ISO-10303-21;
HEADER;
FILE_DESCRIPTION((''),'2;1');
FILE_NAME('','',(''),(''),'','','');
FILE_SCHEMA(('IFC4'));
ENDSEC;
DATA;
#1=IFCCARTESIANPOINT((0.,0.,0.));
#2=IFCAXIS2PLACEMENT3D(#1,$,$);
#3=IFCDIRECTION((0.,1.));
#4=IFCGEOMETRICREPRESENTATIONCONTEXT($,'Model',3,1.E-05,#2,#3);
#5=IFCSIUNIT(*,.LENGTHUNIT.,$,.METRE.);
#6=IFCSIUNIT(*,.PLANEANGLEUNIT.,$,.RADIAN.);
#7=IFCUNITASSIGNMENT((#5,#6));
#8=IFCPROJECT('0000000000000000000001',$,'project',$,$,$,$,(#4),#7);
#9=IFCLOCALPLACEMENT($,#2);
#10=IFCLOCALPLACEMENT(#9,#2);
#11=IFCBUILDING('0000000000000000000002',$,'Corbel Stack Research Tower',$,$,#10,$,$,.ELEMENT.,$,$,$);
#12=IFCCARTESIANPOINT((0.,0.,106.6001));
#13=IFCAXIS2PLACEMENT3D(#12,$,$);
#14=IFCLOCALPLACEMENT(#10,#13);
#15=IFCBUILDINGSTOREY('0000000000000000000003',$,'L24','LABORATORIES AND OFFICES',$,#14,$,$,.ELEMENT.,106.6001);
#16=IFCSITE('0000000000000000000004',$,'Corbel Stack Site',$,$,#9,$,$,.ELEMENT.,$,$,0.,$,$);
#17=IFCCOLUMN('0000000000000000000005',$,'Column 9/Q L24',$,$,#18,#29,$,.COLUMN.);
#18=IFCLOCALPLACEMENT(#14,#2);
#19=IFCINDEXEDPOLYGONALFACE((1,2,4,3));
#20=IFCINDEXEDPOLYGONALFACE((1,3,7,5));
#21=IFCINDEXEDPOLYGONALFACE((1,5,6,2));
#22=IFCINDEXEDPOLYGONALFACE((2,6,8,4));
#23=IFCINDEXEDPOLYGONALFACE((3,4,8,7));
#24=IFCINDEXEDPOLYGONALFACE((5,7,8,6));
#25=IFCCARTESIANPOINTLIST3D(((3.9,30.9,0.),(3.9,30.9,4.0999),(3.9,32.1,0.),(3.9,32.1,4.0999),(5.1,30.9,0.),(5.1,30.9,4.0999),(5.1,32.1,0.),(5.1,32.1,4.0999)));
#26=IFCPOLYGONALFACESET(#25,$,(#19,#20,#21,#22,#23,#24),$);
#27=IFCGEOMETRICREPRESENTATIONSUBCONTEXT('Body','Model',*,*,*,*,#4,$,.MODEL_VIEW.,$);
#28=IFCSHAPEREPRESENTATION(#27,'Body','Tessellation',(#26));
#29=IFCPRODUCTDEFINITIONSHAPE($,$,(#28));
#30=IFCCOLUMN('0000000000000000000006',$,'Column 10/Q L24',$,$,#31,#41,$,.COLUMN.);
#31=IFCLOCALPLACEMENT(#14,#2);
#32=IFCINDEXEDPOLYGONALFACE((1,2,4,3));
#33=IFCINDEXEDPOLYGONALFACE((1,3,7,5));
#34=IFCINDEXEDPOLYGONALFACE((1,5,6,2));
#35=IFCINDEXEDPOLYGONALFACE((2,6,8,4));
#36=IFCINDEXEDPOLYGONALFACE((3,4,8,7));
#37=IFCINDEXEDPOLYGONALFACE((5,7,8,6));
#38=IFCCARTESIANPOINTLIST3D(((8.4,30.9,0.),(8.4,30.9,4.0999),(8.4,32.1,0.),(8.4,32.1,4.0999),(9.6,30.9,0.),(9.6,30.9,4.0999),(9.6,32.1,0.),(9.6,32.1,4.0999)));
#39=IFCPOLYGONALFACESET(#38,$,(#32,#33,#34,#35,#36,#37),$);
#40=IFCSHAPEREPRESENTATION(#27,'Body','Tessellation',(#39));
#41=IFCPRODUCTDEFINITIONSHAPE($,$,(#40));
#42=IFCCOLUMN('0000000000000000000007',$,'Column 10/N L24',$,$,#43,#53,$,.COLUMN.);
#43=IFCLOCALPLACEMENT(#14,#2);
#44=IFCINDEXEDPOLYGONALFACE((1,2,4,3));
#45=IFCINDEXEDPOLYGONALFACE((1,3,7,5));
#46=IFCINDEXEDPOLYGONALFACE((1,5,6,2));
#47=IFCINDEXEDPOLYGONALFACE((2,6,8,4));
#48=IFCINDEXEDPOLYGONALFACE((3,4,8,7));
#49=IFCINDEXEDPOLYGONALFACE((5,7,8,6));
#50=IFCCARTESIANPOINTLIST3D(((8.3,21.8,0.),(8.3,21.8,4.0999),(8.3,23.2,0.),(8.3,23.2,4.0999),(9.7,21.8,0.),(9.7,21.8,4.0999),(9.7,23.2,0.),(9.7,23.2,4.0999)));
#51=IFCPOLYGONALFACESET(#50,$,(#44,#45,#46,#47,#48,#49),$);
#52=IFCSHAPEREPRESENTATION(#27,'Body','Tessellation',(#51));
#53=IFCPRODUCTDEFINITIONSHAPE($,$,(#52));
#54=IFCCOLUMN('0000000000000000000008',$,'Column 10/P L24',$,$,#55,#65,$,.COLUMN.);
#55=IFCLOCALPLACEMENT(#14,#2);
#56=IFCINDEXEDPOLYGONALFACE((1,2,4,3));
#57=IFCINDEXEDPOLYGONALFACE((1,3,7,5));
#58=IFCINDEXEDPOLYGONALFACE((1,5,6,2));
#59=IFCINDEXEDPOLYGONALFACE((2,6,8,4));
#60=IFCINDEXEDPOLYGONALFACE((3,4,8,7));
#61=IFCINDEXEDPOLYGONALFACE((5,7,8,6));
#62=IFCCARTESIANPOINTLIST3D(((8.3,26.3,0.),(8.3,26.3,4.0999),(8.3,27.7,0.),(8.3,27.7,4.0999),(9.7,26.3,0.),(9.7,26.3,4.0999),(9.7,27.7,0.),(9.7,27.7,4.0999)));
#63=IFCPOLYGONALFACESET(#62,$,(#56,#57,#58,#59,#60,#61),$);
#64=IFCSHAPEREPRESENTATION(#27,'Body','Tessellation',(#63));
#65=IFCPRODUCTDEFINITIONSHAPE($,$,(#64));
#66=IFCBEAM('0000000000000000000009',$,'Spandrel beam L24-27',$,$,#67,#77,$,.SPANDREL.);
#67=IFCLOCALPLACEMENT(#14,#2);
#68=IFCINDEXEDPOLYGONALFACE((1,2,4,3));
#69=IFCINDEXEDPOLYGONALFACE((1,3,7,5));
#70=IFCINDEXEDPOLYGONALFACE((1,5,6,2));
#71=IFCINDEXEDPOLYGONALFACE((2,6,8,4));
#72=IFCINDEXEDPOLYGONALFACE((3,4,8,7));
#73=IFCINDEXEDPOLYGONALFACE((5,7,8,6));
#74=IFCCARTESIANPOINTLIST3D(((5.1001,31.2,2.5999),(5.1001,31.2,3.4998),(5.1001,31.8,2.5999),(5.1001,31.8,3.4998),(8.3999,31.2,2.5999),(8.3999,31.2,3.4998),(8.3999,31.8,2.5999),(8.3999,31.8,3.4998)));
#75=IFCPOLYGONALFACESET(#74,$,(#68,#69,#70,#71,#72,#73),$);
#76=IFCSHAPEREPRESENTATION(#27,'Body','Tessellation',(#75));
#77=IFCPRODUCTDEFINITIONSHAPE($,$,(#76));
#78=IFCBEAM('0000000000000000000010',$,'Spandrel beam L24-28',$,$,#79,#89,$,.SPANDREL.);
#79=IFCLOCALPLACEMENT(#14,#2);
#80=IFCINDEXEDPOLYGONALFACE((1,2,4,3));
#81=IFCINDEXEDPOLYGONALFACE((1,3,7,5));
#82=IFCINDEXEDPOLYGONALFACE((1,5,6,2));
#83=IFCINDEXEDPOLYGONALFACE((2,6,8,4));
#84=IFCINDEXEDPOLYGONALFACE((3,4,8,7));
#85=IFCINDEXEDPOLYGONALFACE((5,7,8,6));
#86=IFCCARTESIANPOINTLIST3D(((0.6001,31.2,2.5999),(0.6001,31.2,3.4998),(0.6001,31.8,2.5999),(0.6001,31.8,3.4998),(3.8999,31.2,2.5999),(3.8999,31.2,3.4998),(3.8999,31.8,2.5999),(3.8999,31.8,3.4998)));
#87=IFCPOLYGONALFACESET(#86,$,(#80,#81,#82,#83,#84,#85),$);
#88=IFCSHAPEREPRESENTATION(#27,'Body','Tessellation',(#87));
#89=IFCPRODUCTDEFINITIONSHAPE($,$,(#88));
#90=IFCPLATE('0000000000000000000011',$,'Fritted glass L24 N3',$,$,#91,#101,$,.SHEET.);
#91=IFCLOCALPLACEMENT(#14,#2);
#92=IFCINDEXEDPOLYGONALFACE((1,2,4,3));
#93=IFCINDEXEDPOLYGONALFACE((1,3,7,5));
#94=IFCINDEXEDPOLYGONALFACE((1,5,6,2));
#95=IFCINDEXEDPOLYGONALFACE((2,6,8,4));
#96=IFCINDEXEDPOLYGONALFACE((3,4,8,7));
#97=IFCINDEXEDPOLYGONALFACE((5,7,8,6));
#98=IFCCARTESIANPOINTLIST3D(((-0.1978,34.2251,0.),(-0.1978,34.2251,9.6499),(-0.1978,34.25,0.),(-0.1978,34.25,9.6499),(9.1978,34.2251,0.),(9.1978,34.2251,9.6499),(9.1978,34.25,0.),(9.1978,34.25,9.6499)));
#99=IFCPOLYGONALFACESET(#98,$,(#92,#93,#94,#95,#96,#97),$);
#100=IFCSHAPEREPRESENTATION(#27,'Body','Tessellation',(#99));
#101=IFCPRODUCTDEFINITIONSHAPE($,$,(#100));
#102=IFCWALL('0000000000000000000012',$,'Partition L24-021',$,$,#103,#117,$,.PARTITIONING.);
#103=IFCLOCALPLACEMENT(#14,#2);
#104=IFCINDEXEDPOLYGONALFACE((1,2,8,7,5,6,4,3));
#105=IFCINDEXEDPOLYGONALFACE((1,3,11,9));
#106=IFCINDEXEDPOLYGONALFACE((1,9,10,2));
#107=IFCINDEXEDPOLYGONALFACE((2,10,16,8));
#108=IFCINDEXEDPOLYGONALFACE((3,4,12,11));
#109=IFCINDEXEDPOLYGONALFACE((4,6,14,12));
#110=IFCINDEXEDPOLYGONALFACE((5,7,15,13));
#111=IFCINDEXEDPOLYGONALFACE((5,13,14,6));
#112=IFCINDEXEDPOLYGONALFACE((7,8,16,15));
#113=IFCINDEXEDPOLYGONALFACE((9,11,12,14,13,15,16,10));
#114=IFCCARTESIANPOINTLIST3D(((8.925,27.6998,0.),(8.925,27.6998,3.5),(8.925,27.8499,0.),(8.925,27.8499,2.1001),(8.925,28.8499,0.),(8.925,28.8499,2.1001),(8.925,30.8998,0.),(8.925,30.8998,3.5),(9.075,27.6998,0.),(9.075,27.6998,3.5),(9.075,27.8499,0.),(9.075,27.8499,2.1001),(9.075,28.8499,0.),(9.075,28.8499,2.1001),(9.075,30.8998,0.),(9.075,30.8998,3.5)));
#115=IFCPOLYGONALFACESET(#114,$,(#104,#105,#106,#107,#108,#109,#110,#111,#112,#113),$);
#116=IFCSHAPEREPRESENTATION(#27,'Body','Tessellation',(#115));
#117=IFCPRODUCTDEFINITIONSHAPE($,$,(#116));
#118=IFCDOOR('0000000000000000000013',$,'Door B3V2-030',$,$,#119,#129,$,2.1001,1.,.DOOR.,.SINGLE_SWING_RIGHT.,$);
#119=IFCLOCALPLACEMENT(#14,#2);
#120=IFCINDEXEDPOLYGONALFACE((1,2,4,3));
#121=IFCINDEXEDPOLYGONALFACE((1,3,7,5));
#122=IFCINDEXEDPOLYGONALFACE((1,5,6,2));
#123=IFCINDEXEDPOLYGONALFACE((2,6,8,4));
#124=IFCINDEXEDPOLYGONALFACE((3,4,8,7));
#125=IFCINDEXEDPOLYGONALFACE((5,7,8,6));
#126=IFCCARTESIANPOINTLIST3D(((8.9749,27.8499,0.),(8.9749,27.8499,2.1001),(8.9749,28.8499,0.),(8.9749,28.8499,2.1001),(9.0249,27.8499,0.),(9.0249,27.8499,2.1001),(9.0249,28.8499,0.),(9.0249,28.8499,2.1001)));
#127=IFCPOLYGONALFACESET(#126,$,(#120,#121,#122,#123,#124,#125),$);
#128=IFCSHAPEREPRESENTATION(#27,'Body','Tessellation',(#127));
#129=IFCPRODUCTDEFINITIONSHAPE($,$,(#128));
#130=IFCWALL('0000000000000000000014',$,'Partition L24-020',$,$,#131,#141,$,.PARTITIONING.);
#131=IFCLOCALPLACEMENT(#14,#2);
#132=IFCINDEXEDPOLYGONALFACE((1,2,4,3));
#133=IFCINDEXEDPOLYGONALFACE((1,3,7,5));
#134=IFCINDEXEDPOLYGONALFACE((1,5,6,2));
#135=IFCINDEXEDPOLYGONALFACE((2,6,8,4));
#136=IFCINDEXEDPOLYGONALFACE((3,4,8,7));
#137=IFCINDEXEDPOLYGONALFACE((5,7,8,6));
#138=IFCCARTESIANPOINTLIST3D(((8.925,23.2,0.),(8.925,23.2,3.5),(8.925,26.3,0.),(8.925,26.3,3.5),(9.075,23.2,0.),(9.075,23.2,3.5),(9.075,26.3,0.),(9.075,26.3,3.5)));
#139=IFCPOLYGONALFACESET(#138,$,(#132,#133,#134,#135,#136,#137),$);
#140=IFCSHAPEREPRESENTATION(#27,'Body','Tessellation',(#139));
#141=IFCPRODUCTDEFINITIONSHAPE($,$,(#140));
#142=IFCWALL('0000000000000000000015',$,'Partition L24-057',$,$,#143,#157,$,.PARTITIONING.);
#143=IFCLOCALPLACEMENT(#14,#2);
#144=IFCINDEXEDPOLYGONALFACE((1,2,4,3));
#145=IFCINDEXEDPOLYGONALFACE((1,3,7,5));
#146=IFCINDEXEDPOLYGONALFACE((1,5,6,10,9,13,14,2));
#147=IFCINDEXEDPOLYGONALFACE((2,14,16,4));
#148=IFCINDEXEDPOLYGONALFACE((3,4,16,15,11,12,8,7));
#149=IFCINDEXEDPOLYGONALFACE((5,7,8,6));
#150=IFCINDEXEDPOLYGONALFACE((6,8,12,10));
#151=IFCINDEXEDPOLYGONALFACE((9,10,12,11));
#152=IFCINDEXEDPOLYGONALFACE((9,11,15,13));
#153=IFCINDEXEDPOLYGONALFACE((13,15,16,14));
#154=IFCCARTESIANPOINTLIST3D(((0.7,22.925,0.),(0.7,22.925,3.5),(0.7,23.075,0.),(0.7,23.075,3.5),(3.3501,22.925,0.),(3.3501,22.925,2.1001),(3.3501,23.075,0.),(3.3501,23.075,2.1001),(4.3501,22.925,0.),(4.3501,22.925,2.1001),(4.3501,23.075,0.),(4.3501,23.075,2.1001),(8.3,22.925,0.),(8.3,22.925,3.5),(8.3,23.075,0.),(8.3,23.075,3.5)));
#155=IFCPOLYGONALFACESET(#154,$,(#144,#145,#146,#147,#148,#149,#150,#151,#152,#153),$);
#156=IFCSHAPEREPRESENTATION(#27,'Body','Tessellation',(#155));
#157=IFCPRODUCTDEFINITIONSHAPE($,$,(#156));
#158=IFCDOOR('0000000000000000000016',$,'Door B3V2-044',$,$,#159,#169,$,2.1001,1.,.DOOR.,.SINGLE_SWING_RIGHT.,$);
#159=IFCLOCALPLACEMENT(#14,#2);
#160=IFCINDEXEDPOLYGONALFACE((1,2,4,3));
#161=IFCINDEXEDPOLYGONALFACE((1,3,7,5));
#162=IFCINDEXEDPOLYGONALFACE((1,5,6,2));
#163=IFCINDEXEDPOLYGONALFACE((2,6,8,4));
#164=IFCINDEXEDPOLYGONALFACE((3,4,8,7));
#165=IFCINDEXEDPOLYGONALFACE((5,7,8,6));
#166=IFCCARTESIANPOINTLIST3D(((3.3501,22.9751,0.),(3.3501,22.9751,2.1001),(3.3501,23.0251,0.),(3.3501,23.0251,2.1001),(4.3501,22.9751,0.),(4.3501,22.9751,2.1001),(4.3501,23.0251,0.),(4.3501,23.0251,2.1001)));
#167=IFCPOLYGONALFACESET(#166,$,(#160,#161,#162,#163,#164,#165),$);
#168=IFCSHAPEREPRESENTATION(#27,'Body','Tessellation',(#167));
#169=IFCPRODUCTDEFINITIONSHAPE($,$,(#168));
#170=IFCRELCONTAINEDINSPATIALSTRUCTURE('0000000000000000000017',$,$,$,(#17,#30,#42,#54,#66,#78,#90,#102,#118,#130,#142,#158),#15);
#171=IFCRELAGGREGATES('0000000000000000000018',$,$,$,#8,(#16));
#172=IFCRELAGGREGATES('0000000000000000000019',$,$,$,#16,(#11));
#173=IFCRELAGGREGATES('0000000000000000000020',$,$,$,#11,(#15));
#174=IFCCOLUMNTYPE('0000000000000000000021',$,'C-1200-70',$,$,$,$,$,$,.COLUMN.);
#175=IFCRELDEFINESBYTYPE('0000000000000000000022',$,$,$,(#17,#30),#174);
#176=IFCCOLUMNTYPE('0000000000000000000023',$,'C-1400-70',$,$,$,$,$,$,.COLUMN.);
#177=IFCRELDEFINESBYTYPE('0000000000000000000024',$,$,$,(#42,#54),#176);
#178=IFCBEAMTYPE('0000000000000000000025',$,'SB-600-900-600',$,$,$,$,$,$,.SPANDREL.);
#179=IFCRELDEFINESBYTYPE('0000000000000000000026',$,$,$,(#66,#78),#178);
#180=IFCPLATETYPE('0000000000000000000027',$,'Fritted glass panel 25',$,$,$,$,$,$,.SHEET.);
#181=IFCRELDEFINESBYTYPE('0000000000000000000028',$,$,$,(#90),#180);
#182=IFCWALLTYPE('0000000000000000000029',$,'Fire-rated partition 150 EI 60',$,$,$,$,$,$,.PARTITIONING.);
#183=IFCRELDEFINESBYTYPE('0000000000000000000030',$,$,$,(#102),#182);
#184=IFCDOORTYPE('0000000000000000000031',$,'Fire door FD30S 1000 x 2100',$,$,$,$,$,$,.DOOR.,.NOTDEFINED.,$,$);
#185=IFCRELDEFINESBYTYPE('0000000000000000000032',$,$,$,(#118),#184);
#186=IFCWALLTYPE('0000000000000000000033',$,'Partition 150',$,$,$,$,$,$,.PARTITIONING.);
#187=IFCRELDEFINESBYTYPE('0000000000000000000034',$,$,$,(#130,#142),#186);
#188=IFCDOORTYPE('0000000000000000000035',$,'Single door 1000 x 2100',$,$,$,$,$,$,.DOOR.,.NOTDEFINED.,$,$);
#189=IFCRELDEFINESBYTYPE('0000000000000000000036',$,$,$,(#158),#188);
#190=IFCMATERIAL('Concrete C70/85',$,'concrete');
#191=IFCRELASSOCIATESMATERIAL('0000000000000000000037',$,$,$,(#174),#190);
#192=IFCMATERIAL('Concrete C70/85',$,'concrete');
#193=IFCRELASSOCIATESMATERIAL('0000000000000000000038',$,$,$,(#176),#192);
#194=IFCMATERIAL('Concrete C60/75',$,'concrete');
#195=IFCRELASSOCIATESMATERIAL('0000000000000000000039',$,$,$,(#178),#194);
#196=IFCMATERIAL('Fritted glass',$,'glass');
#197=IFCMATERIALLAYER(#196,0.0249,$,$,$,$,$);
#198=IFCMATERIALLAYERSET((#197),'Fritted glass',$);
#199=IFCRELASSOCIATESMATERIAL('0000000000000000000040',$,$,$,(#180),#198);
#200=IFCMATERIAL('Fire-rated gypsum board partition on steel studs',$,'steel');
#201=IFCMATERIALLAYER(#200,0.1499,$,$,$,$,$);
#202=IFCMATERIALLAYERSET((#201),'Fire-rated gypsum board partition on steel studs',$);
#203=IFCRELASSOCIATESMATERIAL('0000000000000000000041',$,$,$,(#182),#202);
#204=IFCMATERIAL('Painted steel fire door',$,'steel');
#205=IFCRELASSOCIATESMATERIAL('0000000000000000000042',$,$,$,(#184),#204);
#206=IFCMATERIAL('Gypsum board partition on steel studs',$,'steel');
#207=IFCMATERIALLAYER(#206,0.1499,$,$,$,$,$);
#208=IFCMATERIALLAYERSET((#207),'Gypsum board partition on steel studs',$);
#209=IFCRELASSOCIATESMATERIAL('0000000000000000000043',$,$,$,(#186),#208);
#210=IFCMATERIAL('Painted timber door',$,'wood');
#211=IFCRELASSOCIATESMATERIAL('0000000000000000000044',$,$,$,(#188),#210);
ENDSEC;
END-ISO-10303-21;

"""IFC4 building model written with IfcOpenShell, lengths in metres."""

from ifc_helpers import new_model, si_unit, direction, frame, frame_2d, origin, origin_2d, place, context, subcontext, project, spatial, rectangle, extrude, material, layer, layer_set, material_profile, profile_set, type_object, element, fill, save


model = new_model("IFC4")

# Units and contexts
model_context = context("Model", 3, precision=1e-05, world=origin(), true_north=direction((0.0, 1.0)))
body_context = subcontext(model_context, "Body", "Model", "MODEL_VIEW")
ifc_project = project(units=[si_unit("LENGTHUNIT", "METRE"), si_unit("PLANEANGLEUNIT", "RADIAN")], contexts=[model_context])

# Site, building, storey
site_placement = place(None, origin())
site = spatial("IfcSite", under=ifc_project, at=site_placement, Name="Corbel Stack Site", CompositionType="ELEMENT", RefElevation=0.0)
building_placement = place(site_placement, origin())
building = spatial("IfcBuilding", under=site, at=building_placement, Name="Corbel Stack Research Tower", CompositionType="ELEMENT")
storey_placement = place(building_placement, frame((0.0, 0.0, 106.6001)))
storey = spatial("IfcBuildingStorey", under=building, at=storey_placement, Name="L24", Description="LABORATORIES AND OFFICES", CompositionType="ELEMENT", Elevation=106.6001)

# Columns
ifc_material_1 = material(Name="Concrete C70/85", Category="concrete")
ifc_material_profile_1 = material_profile(ifc_material_1, rectangle(XDim=1.2, YDim=1.2, at=origin_2d()), Name="RC 1200 x 1200")
ifc_profile_set_1 = profile_set([ifc_material_profile_1], Name="Concrete C70/85")
column_type_1 = type_object("IfcColumnType", Name="C-1200-70", PredefinedType="COLUMN", material=ifc_profile_set_1)
for number, where, z_axis, x_axis, name in (
    (1, (4.5, 31.5, 0.0), (0.0, 0.0, 1.0), (1.0, 0.0, 0.0), "Column 9/Q L24"),
    (2, (9.0, 31.5, 0.0), (0.0, 0.0, 1.0), (1.0, 0.0, 0.0), "Column 10/Q L24"),
):
    element("IfcColumn", number, at=place(storey_placement, frame(where, z_axis=z_axis, x_axis=x_axis)), inside=storey, type_object=column_type_1, Name=name, PredefinedType="COLUMN", context=body_context, shape_type="SweptSolid", body=[
        extrude(rectangle(XDim=1.2, YDim=1.2, at=origin_2d()), origin(), (0.0, 0.0, 1.0), 4.0999),
    ])
ifc_material_2 = material(Name="Concrete C70/85", Category="concrete")
ifc_material_profile_2 = material_profile(ifc_material_2, rectangle(XDim=1.3999, YDim=1.3999, at=origin_2d()), Name="RC 1400 x 1400")
ifc_profile_set_2 = profile_set([ifc_material_profile_2], Name="Concrete C70/85")
column_type_2 = type_object("IfcColumnType", Name="C-1400-70", PredefinedType="COLUMN", material=ifc_profile_set_2)
for number, where, z_axis, x_axis, name in (
    (3, (9.0, 22.5, 0.0), (0.0, 0.0, 1.0), (1.0, 0.0, 0.0), "Column 10/N L24"),
    (4, (9.0, 27.0, 0.0), (0.0, 0.0, 1.0), (1.0, 0.0, 0.0), "Column 10/P L24"),
):
    element("IfcColumn", number, at=place(storey_placement, frame(where, z_axis=z_axis, x_axis=x_axis)), inside=storey, type_object=column_type_2, Name=name, PredefinedType="COLUMN", context=body_context, shape_type="SweptSolid", body=[
        extrude(rectangle(XDim=1.3999, YDim=1.3999, at=origin_2d()), origin(), (0.0, 0.0, 1.0), 4.0999),
    ])

# Beams
ifc_material_3 = material(Name="Concrete C60/75", Category="concrete")
ifc_material_profile_3 = material_profile(ifc_material_3, rectangle(XDim=0.6001, YDim=0.8999, at=origin_2d()), Name="RC 600 x 900")
ifc_profile_set_3 = profile_set([ifc_material_profile_3], Name="Concrete C60/75")
beam_type = type_object("IfcBeamType", Name="SB-600-900-600", PredefinedType="SPANDREL", material=ifc_profile_set_3)
for number, where, z_axis, x_axis, name in (
    (5, (8.3999, 31.5, 3.0498), (-1.0, 0.0, 0.0), (0.0, -1.0, 0.0), "Spandrel beam L24-27"),
    (6, (3.8999, 31.5, 3.0498), (-1.0, 0.0, 0.0), (0.0, -1.0, 0.0), "Spandrel beam L24-28"),
):
    element("IfcBeam", number, at=place(storey_placement, frame(where, z_axis=z_axis, x_axis=x_axis)), inside=storey, type_object=beam_type, Name=name, PredefinedType="SPANDREL", context=body_context, shape_type="SweptSolid", body=[
        extrude(rectangle(XDim=0.6001, YDim=0.8999, at=origin_2d()), origin(), (0.0, 0.0, 1.0), 3.2998),
    ])

# Plate
ifc_material_4 = material(Name="Fritted glass", Category="glass")
ifc_layer_1 = layer(ifc_material_4, 0.0249)
ifc_layer_set_1 = layer_set([ifc_layer_1], Name="Fritted glass")
plate_type = type_object("IfcPlateType", Name="Fritted glass panel 25", PredefinedType="SHEET", material=ifc_layer_set_1)
plate_placement = place(storey_placement, frame((4.5, 34.2375, 0.0), z_axis=(0.0, 0.0, 1.0), x_axis=(-1.0, 0.0, 0.0)))
element("IfcPlate", 7, at=plate_placement, inside=storey, type_object=plate_type, Name="Fritted glass L24 N3", PredefinedType="SHEET", context=body_context, shape_type="SweptSolid", body=[
    extrude(rectangle(XDim=9.3955, YDim=0.0249, at=origin_2d()), origin(), (0.0, 0.0, 1.0), 9.6499),
])

# Wall, opening, door
ifc_material_5 = material(Name="Fire-rated gypsum board partition on steel studs", Category="steel")
ifc_layer_2 = layer(ifc_material_5, 0.1499)
ifc_layer_set_2 = layer_set([ifc_layer_2], Name="Fire-rated gypsum board partition on steel studs")
wall_type_1 = type_object("IfcWallType", Name="Fire-rated partition 150 EI 60", PredefinedType="PARTITIONING", material=ifc_layer_set_2)
wall_1_placement = place(storey_placement, frame((9.0, 30.8999, 0.0), z_axis=(0.0, 0.0, 1.0), x_axis=(0.0, -1.0, 0.0)))
wall_1 = element("IfcWall", 8, at=wall_1_placement, inside=storey, type_object=wall_type_1, Name="Partition L24-021", PredefinedType="PARTITIONING", context=body_context, shape_type="SweptSolid", body=[
    extrude(rectangle(XDim=3.2, YDim=0.1499, at=frame_2d((1.6001, 0.0))), origin(), (0.0, 0.0, 1.0), 3.5),
])
opening_1_placement = place(wall_1_placement, frame((2.05, 0.0, 0.0)))
opening_1 = element("IfcOpeningElement", 9, at=opening_1_placement, cuts=wall_1, PredefinedType="OPENING", context=body_context, shape_type="SweptSolid", body=[
    extrude(rectangle(XDim=1.0, YDim=2.1001, at=frame_2d((0.5, 1.05))), frame((0.0, 0.085, 0.0), z_axis=(0.0, -1.0, 0.0), x_axis=(1.0, 0.0, 0.0)), (0.0, 0.0, 1.0), 0.1699),
])
ifc_material_6 = material(Name="Painted steel fire door", Category="steel")
door_type_1 = type_object("IfcDoorType", Name="Fire door FD30S 1000 x 2100", OperationType="NOTDEFINED", PredefinedType="DOOR", material=ifc_material_6)
door_1_placement = place(opening_1_placement, origin())
door_1 = element("IfcDoor", 10, at=door_1_placement, inside=storey, type_object=door_type_1, Name="Door B3V2-030", OperationType="SINGLE_SWING_RIGHT", OverallHeight=2.1001, OverallWidth=1.0, PredefinedType="DOOR", context=body_context, shape_type="SweptSolid", body=[
    extrude(rectangle(XDim=1.0, YDim=2.1001, at=frame_2d((0.5, 1.05))), frame((0.0, 0.0249, 0.0), z_axis=(0.0, -1.0, 0.0), x_axis=(1.0, 0.0, 0.0)), (0.0, 0.0, 1.0), 0.05),
])
fill(opening_1, door_1)

# Wall
ifc_material_7 = material(Name="Gypsum board partition on steel studs", Category="steel")
ifc_layer_3 = layer(ifc_material_7, 0.1499)
ifc_layer_set_3 = layer_set([ifc_layer_3], Name="Gypsum board partition on steel studs")
wall_type_2 = type_object("IfcWallType", Name="Partition 150", PredefinedType="PARTITIONING", material=ifc_layer_set_3)
wall_2_placement = place(storey_placement, frame((9.0, 23.2, 0.0), z_axis=(0.0, 0.0, 1.0), x_axis=(0.0, 1.0, 0.0)))
element("IfcWall", 11, at=wall_2_placement, inside=storey, type_object=wall_type_2, Name="Partition L24-020", PredefinedType="PARTITIONING", context=body_context, shape_type="SweptSolid", body=[
    extrude(rectangle(XDim=3.1001, YDim=0.1499, at=frame_2d((1.55, 0.0))), origin(), (0.0, 0.0, 1.0), 3.5),
])

# Wall, opening, door
wall_3_placement = place(storey_placement, frame((8.3, 23.0, 0.0), z_axis=(0.0, 0.0, 1.0), x_axis=(-1.0, 0.0, 0.0)))
wall_3 = element("IfcWall", 12, at=wall_3_placement, inside=storey, type_object=wall_type_2, Name="Partition L24-057", PredefinedType="PARTITIONING", context=body_context, shape_type="SweptSolid", body=[
    extrude(rectangle(XDim=7.6001, YDim=0.1499, at=frame_2d((3.8, 0.0))), origin(), (0.0, 0.0, 1.0), 3.5),
])
opening_2_placement = place(wall_3_placement, frame((3.95, 0.0, 0.0)))
opening_2 = element("IfcOpeningElement", 13, at=opening_2_placement, cuts=wall_3, PredefinedType="OPENING", context=body_context, shape_type="SweptSolid", body=[
    extrude(rectangle(XDim=1.0, YDim=2.1001, at=frame_2d((0.5, 1.05))), frame((0.0, 0.085, 0.0), z_axis=(0.0, -1.0, 0.0), x_axis=(1.0, 0.0, 0.0)), (0.0, 0.0, 1.0), 0.1699),
])
ifc_material_8 = material(Name="Painted timber door", Category="wood")
door_type_2 = type_object("IfcDoorType", Name="Single door 1000 x 2100", OperationType="NOTDEFINED", PredefinedType="DOOR", material=ifc_material_8)
door_2_placement = place(opening_2_placement, origin())
door_2 = element("IfcDoor", 14, at=door_2_placement, inside=storey, type_object=door_type_2, Name="Door B3V2-044", OperationType="SINGLE_SWING_RIGHT", OverallHeight=2.1001, OverallWidth=1.0, PredefinedType="DOOR", context=body_context, shape_type="SweptSolid", body=[
    extrude(rectangle(XDim=1.0, YDim=2.1001, at=frame_2d((0.5, 1.05))), frame((0.0, 0.0249, 0.0), z_axis=(0.0, -1.0, 0.0), x_axis=(1.0, 0.0, 0.0)), (0.0, 0.0, 1.0), 0.05),
])
fill(opening_2, door_2)

save(model, "model.ifc")
